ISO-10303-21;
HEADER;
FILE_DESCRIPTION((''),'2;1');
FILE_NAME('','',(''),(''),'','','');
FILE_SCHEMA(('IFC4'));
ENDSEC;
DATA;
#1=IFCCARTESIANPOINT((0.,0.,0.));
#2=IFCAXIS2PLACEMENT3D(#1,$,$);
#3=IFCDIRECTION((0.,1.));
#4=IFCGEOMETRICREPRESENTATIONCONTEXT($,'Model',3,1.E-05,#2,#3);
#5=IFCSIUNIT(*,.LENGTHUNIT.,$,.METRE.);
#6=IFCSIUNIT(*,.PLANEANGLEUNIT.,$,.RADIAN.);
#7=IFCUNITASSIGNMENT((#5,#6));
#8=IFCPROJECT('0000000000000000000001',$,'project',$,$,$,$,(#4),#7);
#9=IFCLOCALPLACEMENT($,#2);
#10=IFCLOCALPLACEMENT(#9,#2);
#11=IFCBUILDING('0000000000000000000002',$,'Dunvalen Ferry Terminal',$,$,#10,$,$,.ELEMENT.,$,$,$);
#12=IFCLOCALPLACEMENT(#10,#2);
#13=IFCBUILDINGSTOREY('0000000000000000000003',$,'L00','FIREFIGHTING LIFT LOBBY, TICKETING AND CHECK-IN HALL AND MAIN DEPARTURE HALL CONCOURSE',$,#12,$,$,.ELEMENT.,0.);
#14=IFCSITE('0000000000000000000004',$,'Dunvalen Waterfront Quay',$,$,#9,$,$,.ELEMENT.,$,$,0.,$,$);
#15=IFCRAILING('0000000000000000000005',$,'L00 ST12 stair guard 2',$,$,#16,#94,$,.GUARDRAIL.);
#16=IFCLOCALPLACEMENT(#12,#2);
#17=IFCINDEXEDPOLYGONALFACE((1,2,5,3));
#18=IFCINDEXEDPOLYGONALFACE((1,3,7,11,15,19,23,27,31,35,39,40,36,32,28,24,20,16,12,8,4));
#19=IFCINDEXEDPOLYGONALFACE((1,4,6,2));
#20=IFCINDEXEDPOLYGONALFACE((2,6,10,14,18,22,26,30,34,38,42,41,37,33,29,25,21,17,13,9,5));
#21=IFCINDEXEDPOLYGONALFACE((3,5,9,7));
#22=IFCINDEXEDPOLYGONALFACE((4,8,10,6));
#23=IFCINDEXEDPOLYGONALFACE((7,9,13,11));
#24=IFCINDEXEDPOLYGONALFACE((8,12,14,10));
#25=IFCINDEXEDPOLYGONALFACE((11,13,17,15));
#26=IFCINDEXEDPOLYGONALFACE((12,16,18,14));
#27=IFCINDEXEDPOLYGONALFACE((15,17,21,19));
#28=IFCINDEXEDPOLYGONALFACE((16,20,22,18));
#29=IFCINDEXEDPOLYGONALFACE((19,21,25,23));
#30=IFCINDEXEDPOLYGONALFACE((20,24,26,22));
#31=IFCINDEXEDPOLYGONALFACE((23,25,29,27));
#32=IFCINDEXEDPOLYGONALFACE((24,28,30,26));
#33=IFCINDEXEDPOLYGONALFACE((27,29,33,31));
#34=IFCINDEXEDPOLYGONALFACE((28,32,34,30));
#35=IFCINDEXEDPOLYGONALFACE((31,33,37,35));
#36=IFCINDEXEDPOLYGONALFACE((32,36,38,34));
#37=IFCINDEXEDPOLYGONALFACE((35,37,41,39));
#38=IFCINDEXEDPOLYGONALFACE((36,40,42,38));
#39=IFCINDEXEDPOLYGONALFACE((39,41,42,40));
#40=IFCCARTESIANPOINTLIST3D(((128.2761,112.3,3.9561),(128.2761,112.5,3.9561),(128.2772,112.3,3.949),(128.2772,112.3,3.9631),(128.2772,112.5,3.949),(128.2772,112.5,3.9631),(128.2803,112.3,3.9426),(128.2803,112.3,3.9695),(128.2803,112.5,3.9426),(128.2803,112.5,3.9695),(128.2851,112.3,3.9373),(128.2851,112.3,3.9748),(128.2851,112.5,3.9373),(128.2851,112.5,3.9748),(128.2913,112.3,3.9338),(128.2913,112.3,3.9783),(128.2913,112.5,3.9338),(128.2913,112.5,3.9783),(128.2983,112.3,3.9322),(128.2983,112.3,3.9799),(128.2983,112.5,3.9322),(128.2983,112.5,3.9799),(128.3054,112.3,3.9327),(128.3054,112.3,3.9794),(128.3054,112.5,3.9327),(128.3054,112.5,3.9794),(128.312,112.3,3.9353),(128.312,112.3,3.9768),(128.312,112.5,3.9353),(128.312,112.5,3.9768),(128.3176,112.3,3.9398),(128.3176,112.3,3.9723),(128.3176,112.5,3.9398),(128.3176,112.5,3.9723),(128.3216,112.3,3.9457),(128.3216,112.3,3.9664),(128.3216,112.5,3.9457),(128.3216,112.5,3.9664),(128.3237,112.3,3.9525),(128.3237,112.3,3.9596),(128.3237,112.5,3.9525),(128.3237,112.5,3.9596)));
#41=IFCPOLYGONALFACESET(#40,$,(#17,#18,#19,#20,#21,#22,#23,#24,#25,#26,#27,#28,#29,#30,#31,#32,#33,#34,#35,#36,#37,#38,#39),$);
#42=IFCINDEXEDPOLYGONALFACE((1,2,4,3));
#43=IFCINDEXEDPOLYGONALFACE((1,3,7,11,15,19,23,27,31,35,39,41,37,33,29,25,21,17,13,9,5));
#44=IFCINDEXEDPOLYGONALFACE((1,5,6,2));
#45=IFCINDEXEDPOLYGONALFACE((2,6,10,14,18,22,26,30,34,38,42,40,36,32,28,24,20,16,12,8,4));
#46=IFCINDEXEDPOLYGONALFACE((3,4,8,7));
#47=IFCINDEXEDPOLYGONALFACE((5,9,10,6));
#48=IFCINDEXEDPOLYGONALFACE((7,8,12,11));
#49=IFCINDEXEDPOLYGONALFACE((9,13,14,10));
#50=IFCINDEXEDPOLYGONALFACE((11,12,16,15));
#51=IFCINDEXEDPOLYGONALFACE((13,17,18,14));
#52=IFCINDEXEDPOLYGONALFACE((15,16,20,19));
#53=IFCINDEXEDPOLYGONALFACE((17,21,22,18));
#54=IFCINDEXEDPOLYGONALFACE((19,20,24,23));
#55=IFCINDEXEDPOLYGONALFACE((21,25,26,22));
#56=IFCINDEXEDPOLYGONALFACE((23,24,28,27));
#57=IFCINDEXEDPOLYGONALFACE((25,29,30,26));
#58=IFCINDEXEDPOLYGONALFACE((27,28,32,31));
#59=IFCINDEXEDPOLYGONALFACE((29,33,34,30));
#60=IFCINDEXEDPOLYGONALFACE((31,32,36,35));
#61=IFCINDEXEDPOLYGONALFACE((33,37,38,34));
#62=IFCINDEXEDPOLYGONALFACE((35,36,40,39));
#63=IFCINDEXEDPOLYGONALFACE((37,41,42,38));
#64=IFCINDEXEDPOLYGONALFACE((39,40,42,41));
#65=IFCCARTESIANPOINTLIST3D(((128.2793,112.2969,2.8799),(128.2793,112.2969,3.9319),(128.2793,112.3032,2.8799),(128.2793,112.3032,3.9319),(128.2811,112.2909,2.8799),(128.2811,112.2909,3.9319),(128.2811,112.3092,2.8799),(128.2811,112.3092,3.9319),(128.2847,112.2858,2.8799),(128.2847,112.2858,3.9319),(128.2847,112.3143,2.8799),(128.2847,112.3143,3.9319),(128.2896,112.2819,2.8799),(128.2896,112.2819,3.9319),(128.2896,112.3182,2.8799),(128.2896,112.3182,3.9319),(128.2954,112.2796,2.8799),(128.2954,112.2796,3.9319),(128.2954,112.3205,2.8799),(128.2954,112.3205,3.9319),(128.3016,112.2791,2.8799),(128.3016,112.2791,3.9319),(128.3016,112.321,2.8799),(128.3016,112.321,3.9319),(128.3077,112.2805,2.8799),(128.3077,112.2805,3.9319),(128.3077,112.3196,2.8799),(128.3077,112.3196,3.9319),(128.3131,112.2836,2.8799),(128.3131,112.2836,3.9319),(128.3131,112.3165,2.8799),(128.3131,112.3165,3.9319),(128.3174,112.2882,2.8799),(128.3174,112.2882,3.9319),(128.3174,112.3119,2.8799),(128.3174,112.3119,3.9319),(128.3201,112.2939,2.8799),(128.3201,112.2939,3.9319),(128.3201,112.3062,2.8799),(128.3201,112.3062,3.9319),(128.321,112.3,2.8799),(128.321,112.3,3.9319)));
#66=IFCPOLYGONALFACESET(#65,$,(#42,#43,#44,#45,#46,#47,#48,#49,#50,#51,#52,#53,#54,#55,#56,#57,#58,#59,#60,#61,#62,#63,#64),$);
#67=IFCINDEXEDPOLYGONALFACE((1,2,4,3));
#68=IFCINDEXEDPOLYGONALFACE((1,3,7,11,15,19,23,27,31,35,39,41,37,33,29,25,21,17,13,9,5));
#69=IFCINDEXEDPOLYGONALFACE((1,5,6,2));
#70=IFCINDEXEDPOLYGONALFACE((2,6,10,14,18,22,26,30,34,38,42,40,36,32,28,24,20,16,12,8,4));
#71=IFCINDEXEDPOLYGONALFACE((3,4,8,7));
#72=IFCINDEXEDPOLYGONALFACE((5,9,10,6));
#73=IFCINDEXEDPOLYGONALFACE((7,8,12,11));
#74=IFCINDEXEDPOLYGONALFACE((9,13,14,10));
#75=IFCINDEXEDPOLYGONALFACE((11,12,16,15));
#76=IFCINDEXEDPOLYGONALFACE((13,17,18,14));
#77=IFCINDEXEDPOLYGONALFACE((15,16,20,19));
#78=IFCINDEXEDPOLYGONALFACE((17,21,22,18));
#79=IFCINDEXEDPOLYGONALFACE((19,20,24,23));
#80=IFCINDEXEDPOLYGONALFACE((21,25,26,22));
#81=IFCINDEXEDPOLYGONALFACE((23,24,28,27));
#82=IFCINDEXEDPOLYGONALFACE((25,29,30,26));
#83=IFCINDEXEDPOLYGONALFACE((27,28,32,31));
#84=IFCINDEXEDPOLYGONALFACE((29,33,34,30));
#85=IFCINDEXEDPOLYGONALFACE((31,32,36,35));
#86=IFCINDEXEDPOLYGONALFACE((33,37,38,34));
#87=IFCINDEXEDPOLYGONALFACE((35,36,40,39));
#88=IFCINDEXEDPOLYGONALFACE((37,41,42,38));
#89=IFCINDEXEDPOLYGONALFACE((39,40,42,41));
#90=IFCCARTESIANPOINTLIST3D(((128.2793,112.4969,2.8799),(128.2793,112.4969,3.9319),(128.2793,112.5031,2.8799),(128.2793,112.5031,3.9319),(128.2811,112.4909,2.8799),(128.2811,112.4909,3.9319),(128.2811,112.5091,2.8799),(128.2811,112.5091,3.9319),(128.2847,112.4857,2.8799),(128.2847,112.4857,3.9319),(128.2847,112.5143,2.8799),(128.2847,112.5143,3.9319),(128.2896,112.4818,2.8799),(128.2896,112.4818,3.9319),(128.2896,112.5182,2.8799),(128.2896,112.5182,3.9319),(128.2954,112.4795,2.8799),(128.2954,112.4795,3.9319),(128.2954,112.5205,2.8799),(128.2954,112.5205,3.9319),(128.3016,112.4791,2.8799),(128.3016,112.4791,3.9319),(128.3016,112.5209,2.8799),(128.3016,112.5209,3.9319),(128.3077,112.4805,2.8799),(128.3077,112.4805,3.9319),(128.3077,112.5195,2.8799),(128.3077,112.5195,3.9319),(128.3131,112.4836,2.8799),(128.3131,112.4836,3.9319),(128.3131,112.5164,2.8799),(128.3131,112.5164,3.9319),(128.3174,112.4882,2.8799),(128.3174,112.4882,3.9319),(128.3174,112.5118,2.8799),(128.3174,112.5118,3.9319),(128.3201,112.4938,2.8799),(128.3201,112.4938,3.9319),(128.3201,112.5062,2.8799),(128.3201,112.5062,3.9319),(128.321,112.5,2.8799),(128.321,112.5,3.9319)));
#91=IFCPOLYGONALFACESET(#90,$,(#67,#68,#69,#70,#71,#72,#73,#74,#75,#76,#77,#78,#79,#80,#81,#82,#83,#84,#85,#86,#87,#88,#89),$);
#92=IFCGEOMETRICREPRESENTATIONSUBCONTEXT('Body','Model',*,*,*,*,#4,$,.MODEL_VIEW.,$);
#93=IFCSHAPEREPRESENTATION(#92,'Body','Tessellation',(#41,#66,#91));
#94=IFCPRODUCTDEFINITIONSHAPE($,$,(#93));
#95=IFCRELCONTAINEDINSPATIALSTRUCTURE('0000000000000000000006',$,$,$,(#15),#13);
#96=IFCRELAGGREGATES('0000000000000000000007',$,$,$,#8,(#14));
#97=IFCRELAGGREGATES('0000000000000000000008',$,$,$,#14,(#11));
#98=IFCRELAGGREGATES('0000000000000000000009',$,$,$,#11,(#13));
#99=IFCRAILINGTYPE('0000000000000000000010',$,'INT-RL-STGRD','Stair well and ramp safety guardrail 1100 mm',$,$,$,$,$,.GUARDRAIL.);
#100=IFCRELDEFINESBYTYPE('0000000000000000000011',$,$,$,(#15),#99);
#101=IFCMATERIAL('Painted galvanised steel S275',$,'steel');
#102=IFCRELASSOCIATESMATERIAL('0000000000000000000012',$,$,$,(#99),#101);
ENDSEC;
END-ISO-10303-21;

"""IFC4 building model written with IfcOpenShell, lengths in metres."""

from ifc_helpers import new_model, si_unit, direction, frame, origin, origin_2d, place, context, subcontext, project, spatial, circle, extrude, material, type_object, element, save


model = new_model("IFC4")

# Units and contexts
model_context = context("Model", 3, precision=1e-05, world=origin(), true_north=direction((0.0, 1.0)))
body_context = subcontext(model_context, "Body", "Model", "MODEL_VIEW")
ifc_project = project(units=[si_unit("LENGTHUNIT", "METRE"), si_unit("PLANEANGLEUNIT", "RADIAN")], contexts=[model_context])

# Site, building, storey
site_placement = place(None, origin())
site = spatial("IfcSite", under=ifc_project, at=site_placement, Name="Dunvalen Waterfront Quay", CompositionType="ELEMENT", RefElevation=0.0)
building_placement = place(site_placement, origin())
building = spatial("IfcBuilding", under=site, at=building_placement, Name="Dunvalen Ferry Terminal", CompositionType="ELEMENT")
storey_placement = place(building_placement, origin())
storey = spatial("IfcBuildingStorey", under=building, at=storey_placement, Name="L00", Description="FIREFIGHTING LIFT LOBBY, TICKETING AND CHECK-IN HALL AND MAIN DEPARTURE HALL CONCOURSE", CompositionType="ELEMENT", Elevation=0.0)

# Railing
ifc_material_1 = material(Name="Painted galvanised steel S275", Category="steel")
railing_type_1 = type_object("IfcRailingType", Name="INT-RL-STGRD", Description="Stair well and ramp safety guardrail 1100 mm", PredefinedType="GUARDRAIL", material=ifc_material_1)
railing_1_placement = place(storey_placement, frame((128.3, 112.3, 2.8799)))
element("IfcRailing", 1, at=railing_1_placement, inside=storey, type_object=railing_type_1, Name="L00 ST12 stair guard 2", PredefinedType="GUARDRAIL", context=body_context, shape_type="SweptSolid", body=[
    extrude(circle(Radius=0.0239, at=origin_2d()), frame((0.0, 0.0, 1.0762), z_axis=(0.0, 1.0, 0.0), x_axis=(-1.0, 0.0, 0.0)), (0.0, 0.0, 1.0), 0.2),
    extrude(circle(Radius=0.021, at=origin_2d()), origin(), (0.0, 0.0, 1.0), 1.052),
    extrude(circle(Radius=0.021, at=origin_2d()), frame((0.0, 0.2, 0.0)), (0.0, 0.0, 1.0), 1.052),
])

save(model, "model.ifc")
